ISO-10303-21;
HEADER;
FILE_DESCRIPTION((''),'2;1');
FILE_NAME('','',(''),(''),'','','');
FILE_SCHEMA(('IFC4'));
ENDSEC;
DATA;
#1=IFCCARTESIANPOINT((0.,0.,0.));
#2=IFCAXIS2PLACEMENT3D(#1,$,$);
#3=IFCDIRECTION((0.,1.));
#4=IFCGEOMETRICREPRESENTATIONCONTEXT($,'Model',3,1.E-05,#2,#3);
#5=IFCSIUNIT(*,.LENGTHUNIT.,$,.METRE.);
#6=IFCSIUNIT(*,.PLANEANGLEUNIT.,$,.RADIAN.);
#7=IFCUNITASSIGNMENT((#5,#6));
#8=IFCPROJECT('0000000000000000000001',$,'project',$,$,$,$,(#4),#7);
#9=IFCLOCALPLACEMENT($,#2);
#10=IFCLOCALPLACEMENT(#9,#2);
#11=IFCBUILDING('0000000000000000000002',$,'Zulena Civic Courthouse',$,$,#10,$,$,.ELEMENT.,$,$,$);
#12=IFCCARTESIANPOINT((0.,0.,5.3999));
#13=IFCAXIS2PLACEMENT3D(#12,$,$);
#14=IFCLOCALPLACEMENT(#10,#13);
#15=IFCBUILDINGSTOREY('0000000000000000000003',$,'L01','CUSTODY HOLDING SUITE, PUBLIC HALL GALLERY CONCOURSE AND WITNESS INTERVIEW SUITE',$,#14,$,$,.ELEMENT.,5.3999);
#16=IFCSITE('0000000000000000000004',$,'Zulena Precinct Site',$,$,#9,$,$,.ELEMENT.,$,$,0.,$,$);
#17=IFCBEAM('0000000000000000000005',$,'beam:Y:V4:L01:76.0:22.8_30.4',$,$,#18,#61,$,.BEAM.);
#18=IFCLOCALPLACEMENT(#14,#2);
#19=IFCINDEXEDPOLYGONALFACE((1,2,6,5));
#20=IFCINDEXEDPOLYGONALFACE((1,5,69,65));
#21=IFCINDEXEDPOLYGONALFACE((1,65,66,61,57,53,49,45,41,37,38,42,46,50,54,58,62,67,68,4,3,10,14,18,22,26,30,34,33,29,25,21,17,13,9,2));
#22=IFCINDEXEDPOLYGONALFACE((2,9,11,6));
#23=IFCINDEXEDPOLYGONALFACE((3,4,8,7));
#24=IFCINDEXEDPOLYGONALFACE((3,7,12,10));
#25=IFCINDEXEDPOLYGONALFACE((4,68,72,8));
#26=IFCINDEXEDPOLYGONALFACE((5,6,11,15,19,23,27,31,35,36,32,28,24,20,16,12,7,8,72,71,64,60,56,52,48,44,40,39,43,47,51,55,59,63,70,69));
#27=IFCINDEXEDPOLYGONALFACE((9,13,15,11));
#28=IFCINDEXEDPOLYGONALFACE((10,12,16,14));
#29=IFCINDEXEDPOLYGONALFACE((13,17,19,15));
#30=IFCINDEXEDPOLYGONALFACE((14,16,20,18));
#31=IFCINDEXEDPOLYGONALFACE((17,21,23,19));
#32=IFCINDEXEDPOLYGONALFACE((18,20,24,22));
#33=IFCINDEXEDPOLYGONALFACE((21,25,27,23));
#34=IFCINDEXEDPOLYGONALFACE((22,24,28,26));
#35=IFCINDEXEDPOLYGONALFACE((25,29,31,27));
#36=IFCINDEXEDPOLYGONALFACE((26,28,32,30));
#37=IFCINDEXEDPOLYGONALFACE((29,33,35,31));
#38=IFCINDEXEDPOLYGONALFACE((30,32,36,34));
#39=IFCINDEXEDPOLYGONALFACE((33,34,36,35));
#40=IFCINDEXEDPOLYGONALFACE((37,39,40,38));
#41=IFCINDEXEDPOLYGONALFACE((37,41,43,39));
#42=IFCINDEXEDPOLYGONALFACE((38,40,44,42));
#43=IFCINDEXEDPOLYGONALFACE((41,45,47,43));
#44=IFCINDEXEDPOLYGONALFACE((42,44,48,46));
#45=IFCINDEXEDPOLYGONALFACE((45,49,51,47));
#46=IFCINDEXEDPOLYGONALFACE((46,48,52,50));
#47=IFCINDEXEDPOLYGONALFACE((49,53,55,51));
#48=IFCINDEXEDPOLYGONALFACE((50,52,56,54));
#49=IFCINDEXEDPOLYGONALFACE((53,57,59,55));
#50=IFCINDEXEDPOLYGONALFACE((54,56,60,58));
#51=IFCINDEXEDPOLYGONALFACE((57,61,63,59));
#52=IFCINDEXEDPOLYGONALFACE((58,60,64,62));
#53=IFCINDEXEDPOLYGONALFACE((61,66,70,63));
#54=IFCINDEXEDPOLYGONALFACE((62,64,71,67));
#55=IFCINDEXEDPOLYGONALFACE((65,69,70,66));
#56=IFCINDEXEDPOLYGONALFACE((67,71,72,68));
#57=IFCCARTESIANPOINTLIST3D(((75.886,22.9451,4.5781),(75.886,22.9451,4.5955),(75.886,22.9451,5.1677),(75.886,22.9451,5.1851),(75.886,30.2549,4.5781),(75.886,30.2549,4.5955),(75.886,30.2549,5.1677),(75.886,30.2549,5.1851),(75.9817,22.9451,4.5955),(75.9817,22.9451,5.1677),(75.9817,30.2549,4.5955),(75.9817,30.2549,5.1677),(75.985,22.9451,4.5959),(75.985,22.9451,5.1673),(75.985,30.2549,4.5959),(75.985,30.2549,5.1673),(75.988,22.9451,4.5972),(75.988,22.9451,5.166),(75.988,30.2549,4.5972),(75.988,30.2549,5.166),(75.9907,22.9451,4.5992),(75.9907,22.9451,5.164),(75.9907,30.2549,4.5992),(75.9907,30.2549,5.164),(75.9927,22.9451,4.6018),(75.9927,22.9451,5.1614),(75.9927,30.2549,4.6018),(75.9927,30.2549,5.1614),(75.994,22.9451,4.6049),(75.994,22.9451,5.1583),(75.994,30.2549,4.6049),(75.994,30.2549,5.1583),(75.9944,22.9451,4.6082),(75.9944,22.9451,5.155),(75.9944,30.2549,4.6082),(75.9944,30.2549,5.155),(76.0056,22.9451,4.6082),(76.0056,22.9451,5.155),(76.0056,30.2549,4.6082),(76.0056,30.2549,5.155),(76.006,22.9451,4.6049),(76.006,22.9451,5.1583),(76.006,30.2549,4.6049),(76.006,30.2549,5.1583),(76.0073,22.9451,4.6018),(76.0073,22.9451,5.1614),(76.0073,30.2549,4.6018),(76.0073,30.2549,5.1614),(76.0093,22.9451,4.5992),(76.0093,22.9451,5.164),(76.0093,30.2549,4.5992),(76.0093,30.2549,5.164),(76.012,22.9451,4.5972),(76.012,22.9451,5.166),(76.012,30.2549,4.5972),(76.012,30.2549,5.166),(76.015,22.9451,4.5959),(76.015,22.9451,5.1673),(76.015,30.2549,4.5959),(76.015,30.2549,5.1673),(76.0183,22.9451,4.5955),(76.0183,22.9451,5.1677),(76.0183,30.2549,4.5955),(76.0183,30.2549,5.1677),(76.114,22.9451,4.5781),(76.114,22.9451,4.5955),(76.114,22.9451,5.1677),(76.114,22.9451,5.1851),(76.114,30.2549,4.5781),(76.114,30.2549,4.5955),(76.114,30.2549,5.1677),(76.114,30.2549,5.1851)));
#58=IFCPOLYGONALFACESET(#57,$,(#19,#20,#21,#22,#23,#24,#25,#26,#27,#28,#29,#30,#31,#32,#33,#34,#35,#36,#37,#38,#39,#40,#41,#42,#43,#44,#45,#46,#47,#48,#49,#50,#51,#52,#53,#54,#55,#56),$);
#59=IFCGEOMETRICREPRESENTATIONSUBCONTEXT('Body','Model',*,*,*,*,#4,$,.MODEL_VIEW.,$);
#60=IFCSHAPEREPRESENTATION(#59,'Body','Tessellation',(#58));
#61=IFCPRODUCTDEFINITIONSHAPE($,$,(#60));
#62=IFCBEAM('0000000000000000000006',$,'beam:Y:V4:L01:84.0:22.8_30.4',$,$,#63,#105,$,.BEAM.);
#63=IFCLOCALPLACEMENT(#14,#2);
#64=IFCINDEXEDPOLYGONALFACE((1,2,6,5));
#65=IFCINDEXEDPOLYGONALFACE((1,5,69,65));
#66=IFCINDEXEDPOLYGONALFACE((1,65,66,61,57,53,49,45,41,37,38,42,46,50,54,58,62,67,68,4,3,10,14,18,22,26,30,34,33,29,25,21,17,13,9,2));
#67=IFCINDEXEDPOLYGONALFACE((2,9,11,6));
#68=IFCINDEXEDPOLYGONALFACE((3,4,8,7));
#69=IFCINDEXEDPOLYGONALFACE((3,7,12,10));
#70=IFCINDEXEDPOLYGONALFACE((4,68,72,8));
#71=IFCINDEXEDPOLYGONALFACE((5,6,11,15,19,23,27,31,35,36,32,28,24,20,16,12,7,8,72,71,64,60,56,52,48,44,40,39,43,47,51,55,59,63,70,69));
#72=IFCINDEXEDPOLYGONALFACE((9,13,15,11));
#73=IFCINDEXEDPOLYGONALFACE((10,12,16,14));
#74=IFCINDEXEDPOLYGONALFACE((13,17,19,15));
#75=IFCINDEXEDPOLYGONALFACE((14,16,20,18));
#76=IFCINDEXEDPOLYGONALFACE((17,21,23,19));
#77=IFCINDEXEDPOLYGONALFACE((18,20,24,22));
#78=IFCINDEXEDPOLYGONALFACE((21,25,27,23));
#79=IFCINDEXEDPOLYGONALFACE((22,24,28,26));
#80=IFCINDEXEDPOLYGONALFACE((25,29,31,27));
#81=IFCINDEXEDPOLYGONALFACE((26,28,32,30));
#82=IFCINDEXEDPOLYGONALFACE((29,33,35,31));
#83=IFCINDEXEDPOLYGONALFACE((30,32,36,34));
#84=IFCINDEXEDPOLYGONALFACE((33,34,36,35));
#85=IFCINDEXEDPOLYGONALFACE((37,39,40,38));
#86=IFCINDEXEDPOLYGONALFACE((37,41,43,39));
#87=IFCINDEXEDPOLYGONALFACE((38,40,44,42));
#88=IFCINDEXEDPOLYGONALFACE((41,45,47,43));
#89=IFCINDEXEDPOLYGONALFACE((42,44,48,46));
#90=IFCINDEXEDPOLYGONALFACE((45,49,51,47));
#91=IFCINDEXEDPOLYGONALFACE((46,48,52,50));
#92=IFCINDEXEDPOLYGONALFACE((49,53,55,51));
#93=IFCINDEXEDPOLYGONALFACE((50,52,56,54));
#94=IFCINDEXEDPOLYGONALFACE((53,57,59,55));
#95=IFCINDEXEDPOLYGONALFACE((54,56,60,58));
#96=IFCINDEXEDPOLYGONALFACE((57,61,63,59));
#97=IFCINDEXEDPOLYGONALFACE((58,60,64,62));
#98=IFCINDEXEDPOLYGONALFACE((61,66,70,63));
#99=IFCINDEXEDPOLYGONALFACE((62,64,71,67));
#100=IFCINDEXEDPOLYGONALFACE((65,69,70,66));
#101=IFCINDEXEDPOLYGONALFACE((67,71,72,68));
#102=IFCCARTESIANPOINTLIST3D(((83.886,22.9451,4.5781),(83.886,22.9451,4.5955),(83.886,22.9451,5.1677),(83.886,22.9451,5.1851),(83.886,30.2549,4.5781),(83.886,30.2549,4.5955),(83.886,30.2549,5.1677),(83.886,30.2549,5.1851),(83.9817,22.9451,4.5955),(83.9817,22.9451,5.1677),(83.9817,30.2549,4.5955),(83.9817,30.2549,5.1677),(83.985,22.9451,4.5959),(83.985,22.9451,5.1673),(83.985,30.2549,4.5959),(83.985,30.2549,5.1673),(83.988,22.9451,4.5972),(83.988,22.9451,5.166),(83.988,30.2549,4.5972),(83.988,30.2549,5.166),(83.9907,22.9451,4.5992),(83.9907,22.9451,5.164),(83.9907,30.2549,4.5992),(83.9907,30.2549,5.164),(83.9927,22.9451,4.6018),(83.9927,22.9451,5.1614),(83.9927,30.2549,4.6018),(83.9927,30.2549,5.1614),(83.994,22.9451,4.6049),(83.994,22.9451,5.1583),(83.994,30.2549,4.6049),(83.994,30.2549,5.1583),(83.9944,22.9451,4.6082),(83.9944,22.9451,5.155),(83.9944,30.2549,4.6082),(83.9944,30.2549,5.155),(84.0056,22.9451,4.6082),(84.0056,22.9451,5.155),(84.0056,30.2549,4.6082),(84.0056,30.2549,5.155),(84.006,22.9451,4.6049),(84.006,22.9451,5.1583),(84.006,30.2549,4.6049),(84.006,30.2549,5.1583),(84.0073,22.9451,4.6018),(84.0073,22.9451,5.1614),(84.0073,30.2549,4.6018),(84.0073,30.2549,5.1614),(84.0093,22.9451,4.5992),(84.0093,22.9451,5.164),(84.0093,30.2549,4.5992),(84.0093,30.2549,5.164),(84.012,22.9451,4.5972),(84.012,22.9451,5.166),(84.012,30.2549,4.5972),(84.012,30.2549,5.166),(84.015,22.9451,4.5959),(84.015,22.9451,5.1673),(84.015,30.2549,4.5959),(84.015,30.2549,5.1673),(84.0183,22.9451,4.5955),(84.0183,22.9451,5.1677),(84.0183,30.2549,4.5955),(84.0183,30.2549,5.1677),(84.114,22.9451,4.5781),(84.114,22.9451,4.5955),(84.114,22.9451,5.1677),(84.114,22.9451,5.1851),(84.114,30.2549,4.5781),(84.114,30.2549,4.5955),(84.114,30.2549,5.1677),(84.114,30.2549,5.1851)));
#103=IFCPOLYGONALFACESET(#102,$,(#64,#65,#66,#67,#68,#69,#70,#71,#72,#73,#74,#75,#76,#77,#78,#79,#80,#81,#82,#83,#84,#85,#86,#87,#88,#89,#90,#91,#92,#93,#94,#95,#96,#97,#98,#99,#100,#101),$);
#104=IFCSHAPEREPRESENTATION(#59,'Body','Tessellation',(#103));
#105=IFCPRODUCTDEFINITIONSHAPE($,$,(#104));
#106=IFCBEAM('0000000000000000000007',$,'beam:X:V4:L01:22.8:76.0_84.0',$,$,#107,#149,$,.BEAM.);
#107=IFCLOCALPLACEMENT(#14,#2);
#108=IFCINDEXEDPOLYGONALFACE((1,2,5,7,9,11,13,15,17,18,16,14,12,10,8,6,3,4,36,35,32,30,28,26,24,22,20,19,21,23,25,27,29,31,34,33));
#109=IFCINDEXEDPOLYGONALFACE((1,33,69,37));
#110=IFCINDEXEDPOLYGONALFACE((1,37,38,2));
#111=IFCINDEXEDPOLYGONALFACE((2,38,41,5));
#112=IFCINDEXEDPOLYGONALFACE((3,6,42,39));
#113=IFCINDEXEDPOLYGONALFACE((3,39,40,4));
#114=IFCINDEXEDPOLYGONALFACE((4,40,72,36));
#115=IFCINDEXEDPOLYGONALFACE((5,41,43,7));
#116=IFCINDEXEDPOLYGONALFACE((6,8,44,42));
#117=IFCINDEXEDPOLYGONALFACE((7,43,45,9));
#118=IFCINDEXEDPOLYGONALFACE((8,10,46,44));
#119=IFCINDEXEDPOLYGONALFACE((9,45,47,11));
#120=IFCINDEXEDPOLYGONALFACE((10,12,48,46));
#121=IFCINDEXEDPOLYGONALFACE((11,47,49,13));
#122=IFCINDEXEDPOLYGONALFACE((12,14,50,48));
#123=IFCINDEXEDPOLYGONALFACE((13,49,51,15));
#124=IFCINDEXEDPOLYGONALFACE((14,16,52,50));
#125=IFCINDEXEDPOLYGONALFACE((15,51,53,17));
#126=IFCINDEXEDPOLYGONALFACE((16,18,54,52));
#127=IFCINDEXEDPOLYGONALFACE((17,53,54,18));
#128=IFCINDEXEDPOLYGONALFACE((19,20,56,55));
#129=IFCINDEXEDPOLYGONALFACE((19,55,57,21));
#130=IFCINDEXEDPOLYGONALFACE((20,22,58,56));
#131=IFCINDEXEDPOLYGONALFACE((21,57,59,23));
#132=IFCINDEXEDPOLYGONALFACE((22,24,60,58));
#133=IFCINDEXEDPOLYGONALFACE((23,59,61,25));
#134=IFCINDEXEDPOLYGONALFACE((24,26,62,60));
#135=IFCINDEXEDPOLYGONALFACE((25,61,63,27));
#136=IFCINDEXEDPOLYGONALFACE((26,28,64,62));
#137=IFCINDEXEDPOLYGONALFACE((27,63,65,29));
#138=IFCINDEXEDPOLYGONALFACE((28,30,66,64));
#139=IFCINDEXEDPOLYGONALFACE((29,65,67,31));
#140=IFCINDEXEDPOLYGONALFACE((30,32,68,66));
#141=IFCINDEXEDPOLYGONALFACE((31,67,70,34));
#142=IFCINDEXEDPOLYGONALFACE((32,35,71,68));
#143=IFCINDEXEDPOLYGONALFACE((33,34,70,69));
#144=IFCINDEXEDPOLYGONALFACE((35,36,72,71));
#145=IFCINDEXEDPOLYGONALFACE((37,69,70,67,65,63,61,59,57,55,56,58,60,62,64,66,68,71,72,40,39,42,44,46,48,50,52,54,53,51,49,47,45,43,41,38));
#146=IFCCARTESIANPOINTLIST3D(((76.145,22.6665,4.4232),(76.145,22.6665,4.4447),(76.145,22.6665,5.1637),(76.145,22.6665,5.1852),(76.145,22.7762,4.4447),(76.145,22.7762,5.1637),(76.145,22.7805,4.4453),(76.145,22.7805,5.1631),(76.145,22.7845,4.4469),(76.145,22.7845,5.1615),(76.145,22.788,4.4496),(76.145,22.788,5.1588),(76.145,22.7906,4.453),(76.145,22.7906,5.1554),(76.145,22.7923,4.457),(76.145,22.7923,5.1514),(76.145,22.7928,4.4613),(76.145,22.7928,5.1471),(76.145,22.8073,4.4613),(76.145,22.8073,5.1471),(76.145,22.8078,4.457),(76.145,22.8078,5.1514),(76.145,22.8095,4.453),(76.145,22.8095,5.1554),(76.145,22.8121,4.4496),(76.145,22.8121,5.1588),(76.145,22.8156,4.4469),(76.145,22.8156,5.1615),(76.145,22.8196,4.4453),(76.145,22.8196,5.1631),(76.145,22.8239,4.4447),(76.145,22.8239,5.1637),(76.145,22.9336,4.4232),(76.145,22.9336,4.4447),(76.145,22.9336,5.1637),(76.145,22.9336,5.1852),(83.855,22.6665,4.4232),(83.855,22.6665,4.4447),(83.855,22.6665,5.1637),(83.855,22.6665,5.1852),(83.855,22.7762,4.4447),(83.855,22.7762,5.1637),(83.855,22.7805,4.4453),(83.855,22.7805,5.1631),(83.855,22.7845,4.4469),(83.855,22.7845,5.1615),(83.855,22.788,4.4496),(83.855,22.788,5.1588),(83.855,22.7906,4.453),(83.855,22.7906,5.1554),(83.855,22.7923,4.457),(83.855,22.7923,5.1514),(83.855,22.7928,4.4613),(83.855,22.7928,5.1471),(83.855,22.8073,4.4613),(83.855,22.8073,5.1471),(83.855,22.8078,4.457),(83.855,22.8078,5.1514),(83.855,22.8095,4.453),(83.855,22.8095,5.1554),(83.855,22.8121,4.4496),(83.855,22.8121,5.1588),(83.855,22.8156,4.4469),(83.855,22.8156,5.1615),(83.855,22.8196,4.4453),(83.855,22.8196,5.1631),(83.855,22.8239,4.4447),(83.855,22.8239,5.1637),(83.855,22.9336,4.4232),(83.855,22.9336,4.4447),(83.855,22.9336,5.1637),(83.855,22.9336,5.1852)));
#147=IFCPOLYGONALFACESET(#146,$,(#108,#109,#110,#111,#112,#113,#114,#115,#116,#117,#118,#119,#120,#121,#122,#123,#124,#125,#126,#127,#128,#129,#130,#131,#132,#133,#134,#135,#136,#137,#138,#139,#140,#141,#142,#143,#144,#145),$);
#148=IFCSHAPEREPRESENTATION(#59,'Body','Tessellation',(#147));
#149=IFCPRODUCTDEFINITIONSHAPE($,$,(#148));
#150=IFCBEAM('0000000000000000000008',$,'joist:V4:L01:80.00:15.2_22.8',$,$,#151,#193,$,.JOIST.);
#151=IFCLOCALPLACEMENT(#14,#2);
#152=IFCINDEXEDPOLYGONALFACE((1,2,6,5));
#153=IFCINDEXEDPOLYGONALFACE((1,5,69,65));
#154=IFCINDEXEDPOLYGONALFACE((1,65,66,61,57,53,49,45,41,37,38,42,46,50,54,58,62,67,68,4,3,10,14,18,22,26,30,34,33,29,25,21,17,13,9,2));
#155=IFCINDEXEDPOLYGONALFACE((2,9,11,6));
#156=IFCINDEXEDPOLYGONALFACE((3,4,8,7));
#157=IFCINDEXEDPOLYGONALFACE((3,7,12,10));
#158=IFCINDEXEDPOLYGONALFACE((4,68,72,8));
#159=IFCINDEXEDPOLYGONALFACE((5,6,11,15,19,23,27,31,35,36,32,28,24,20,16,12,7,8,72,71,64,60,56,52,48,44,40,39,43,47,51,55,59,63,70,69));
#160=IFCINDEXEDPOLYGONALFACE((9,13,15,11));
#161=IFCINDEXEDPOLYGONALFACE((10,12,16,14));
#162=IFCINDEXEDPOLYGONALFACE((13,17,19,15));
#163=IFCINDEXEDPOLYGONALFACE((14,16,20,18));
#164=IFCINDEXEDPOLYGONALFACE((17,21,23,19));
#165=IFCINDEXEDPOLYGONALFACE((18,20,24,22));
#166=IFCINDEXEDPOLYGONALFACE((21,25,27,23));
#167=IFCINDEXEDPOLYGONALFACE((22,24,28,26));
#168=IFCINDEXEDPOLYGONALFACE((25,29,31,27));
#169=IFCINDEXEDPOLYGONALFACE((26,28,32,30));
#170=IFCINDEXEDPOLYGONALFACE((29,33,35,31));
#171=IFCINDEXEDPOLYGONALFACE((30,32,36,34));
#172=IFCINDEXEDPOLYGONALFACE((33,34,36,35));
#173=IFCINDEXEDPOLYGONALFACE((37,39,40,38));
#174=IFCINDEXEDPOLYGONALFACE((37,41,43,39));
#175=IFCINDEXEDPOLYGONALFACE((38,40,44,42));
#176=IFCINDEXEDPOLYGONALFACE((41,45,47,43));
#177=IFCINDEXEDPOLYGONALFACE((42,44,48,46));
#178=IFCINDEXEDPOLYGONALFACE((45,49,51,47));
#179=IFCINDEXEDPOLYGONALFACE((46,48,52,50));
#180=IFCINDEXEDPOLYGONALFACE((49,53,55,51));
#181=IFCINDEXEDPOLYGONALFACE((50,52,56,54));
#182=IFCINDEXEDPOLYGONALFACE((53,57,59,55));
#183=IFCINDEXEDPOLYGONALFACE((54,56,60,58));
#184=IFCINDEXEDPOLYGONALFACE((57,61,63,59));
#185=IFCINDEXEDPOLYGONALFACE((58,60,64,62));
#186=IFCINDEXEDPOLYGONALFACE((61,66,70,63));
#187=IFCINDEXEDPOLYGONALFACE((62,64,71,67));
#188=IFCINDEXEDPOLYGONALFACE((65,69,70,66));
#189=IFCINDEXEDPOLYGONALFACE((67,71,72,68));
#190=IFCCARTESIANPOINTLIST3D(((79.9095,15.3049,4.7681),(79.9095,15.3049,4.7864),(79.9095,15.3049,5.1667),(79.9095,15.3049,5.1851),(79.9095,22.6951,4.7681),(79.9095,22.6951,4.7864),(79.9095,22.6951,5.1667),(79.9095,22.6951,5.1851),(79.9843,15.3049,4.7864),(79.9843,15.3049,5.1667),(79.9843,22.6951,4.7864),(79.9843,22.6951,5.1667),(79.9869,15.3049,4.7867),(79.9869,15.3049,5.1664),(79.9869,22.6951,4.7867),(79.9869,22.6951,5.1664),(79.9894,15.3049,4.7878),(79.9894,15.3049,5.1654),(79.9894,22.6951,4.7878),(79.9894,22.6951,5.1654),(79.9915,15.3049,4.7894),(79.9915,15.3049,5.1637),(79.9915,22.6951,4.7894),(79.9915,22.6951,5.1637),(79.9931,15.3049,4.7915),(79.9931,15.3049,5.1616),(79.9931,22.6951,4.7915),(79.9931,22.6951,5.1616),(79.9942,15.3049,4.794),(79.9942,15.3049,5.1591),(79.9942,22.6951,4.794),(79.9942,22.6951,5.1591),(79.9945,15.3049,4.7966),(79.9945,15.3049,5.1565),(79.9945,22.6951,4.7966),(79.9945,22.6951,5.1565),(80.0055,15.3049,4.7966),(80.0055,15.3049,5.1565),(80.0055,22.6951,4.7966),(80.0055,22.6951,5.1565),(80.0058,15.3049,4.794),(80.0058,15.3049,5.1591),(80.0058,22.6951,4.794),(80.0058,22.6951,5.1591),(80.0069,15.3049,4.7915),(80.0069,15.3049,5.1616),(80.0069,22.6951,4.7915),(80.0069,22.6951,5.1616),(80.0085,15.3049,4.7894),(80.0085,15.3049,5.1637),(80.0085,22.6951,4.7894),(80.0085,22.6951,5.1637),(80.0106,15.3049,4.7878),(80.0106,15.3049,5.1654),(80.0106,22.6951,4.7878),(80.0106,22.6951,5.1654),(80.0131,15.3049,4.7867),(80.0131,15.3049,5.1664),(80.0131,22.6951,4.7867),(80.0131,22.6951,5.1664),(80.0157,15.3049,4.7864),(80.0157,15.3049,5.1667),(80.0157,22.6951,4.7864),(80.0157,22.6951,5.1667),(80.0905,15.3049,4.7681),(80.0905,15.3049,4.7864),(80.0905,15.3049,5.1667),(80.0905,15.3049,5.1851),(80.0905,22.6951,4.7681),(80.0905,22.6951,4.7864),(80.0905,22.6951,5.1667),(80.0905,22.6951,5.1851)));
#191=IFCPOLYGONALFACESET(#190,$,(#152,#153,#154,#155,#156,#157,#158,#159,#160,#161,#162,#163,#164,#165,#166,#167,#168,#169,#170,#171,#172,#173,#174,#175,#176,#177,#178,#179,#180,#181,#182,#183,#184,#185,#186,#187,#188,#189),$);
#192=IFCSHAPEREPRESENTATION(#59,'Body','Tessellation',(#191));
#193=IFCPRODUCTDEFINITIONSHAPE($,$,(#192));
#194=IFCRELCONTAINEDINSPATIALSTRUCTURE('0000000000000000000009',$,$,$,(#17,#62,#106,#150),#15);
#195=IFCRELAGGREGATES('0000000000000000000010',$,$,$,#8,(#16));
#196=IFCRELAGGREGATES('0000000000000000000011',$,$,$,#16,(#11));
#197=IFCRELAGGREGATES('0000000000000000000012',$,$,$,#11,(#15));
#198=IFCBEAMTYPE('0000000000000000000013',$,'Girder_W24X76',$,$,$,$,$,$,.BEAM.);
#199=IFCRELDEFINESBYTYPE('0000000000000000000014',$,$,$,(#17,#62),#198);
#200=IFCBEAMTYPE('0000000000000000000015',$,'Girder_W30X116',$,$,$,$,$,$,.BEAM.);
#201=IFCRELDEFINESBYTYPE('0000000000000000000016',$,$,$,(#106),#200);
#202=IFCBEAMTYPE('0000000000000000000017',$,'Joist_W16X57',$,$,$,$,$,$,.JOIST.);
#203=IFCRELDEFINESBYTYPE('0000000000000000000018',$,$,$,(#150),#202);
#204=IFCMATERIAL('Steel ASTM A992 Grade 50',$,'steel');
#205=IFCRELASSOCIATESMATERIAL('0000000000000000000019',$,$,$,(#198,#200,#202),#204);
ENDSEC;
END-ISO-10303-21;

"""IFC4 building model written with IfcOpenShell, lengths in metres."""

from ifc_helpers import new_model, si_unit, direction, frame, origin, origin_2d, place, context, subcontext, project, spatial, i_section, extrude, material, material_profile, profile_set, type_object, element, save


model = new_model("IFC4")

# Units and contexts
model_context = context("Model", 3, precision=1e-05, world=origin(), true_north=direction((0.0, 1.0)))
body_context = subcontext(model_context, "Body", "Model", "MODEL_VIEW")
ifc_project = project(units=[si_unit("LENGTHUNIT", "METRE"), si_unit("PLANEANGLEUNIT", "RADIAN")], contexts=[model_context])

# Site, building, storey
site_placement = place(None, origin())
site = spatial("IfcSite", under=ifc_project, at=site_placement, Name="Zulena Precinct Site", CompositionType="ELEMENT", RefElevation=0.0)
building_placement = place(site_placement, origin())
building = spatial("IfcBuilding", under=site, at=building_placement, Name="Zulena Civic Courthouse", CompositionType="ELEMENT")
storey_placement = place(building_placement, frame((0.0, 0.0, 5.3999)))
storey = spatial("IfcBuildingStorey", under=building, at=storey_placement, Name="L01", Description="CUSTODY HOLDING SUITE, PUBLIC HALL GALLERY CONCOURSE AND WITNESS INTERVIEW SUITE", CompositionType="ELEMENT", Elevation=5.3999)

# Shared definitions
ifc_material_1 = material(Name="Steel ASTM A992 Grade 50", Category="steel")

# Beams
ifc_material_profile_1 = material_profile(ifc_material_1, i_section(OverallWidth=0.228, OverallDepth=0.6069, WebThickness=0.0112, FlangeThickness=0.0173, FilletRadius=0.0127, at=origin_2d()), Name="W24X76")
ifc_profile_set_1 = profile_set([ifc_material_profile_1], Name="Steel ASTM A992 Grade 50")
beam_type_1 = type_object("IfcBeamType", Name="Girder_W24X76", PredefinedType="BEAM", material=ifc_profile_set_1)
for number, where, z_axis, x_axis, name in (
    (1, (76.0, 22.9451, 4.8816), (0.0, 1.0, 0.0), (-1.0, 0.0, 0.0), "beam:Y:V4:L01:76.0:22.8_30.4"),
    (2, (84.0, 22.9451, 4.8816), (0.0, 1.0, 0.0), (-1.0, 0.0, 0.0), "beam:Y:V4:L01:84.0:22.8_30.4"),
):
    element("IfcBeam", number, at=place(storey_placement, frame(where, z_axis=z_axis, x_axis=x_axis)), inside=storey, type_object=beam_type_1, Name=name, PredefinedType="BEAM", context=body_context, shape_type="SweptSolid", body=[
        extrude(i_section(OverallWidth=0.228, OverallDepth=0.6069, WebThickness=0.0112, FlangeThickness=0.0173, FilletRadius=0.0127, at=origin_2d()), origin(), (0.0, 0.0, 1.0), 7.3098),
    ])
ifc_material_profile_2 = material_profile(ifc_material_1, i_section(OverallWidth=0.2671, OverallDepth=0.762, WebThickness=0.0144, FlangeThickness=0.0215, FilletRadius=0.0166, at=origin_2d()), Name="W30X116")
ifc_profile_set_2 = profile_set([ifc_material_profile_2], Name="Steel ASTM A992 Grade 50")
beam_type_2 = type_object("IfcBeamType", Name="Girder_W30X116", PredefinedType="BEAM", material=ifc_profile_set_2)
beam_1_placement = place(storey_placement, frame((76.145, 22.8, 4.8042), z_axis=(1.0, 0.0, 0.0), x_axis=(0.0, 1.0, 0.0)))
element("IfcBeam", 3, at=beam_1_placement, inside=storey, type_object=beam_type_2, Name="beam:X:V4:L01:22.8:76.0_84.0", PredefinedType="BEAM", context=body_context, shape_type="SweptSolid", body=[
    extrude(i_section(OverallWidth=0.2671, OverallDepth=0.762, WebThickness=0.0144, FlangeThickness=0.0215, FilletRadius=0.0166, at=origin_2d()), origin(), (0.0, 0.0, 1.0), 7.71),
])
ifc_material_profile_3 = material_profile(ifc_material_1, i_section(OverallWidth=0.1809, OverallDepth=0.417, WebThickness=0.011, FlangeThickness=0.0183, FilletRadius=0.0103, at=origin_2d()), Name="W16X57")
ifc_profile_set_3 = profile_set([ifc_material_profile_3], Name="Steel ASTM A992 Grade 50")
beam_type_3 = type_object("IfcBeamType", Name="Joist_W16X57", PredefinedType="JOIST", material=ifc_profile_set_3)
beam_2_placement = place(storey_placement, frame((80.0, 15.3049, 4.9766), z_axis=(0.0, 1.0, 0.0), x_axis=(-1.0, 0.0, 0.0)))
element("IfcBeam", 4, at=beam_2_placement, inside=storey, type_object=beam_type_3, Name="joist:V4:L01:80.00:15.2_22.8", PredefinedType="JOIST", context=body_context, shape_type="SweptSolid", body=[
    extrude(i_section(OverallWidth=0.1809, OverallDepth=0.417, WebThickness=0.011, FlangeThickness=0.0183, FilletRadius=0.0103, at=origin_2d()), origin(), (0.0, 0.0, 1.0), 7.3901),
])

save(model, "model.ifc")
